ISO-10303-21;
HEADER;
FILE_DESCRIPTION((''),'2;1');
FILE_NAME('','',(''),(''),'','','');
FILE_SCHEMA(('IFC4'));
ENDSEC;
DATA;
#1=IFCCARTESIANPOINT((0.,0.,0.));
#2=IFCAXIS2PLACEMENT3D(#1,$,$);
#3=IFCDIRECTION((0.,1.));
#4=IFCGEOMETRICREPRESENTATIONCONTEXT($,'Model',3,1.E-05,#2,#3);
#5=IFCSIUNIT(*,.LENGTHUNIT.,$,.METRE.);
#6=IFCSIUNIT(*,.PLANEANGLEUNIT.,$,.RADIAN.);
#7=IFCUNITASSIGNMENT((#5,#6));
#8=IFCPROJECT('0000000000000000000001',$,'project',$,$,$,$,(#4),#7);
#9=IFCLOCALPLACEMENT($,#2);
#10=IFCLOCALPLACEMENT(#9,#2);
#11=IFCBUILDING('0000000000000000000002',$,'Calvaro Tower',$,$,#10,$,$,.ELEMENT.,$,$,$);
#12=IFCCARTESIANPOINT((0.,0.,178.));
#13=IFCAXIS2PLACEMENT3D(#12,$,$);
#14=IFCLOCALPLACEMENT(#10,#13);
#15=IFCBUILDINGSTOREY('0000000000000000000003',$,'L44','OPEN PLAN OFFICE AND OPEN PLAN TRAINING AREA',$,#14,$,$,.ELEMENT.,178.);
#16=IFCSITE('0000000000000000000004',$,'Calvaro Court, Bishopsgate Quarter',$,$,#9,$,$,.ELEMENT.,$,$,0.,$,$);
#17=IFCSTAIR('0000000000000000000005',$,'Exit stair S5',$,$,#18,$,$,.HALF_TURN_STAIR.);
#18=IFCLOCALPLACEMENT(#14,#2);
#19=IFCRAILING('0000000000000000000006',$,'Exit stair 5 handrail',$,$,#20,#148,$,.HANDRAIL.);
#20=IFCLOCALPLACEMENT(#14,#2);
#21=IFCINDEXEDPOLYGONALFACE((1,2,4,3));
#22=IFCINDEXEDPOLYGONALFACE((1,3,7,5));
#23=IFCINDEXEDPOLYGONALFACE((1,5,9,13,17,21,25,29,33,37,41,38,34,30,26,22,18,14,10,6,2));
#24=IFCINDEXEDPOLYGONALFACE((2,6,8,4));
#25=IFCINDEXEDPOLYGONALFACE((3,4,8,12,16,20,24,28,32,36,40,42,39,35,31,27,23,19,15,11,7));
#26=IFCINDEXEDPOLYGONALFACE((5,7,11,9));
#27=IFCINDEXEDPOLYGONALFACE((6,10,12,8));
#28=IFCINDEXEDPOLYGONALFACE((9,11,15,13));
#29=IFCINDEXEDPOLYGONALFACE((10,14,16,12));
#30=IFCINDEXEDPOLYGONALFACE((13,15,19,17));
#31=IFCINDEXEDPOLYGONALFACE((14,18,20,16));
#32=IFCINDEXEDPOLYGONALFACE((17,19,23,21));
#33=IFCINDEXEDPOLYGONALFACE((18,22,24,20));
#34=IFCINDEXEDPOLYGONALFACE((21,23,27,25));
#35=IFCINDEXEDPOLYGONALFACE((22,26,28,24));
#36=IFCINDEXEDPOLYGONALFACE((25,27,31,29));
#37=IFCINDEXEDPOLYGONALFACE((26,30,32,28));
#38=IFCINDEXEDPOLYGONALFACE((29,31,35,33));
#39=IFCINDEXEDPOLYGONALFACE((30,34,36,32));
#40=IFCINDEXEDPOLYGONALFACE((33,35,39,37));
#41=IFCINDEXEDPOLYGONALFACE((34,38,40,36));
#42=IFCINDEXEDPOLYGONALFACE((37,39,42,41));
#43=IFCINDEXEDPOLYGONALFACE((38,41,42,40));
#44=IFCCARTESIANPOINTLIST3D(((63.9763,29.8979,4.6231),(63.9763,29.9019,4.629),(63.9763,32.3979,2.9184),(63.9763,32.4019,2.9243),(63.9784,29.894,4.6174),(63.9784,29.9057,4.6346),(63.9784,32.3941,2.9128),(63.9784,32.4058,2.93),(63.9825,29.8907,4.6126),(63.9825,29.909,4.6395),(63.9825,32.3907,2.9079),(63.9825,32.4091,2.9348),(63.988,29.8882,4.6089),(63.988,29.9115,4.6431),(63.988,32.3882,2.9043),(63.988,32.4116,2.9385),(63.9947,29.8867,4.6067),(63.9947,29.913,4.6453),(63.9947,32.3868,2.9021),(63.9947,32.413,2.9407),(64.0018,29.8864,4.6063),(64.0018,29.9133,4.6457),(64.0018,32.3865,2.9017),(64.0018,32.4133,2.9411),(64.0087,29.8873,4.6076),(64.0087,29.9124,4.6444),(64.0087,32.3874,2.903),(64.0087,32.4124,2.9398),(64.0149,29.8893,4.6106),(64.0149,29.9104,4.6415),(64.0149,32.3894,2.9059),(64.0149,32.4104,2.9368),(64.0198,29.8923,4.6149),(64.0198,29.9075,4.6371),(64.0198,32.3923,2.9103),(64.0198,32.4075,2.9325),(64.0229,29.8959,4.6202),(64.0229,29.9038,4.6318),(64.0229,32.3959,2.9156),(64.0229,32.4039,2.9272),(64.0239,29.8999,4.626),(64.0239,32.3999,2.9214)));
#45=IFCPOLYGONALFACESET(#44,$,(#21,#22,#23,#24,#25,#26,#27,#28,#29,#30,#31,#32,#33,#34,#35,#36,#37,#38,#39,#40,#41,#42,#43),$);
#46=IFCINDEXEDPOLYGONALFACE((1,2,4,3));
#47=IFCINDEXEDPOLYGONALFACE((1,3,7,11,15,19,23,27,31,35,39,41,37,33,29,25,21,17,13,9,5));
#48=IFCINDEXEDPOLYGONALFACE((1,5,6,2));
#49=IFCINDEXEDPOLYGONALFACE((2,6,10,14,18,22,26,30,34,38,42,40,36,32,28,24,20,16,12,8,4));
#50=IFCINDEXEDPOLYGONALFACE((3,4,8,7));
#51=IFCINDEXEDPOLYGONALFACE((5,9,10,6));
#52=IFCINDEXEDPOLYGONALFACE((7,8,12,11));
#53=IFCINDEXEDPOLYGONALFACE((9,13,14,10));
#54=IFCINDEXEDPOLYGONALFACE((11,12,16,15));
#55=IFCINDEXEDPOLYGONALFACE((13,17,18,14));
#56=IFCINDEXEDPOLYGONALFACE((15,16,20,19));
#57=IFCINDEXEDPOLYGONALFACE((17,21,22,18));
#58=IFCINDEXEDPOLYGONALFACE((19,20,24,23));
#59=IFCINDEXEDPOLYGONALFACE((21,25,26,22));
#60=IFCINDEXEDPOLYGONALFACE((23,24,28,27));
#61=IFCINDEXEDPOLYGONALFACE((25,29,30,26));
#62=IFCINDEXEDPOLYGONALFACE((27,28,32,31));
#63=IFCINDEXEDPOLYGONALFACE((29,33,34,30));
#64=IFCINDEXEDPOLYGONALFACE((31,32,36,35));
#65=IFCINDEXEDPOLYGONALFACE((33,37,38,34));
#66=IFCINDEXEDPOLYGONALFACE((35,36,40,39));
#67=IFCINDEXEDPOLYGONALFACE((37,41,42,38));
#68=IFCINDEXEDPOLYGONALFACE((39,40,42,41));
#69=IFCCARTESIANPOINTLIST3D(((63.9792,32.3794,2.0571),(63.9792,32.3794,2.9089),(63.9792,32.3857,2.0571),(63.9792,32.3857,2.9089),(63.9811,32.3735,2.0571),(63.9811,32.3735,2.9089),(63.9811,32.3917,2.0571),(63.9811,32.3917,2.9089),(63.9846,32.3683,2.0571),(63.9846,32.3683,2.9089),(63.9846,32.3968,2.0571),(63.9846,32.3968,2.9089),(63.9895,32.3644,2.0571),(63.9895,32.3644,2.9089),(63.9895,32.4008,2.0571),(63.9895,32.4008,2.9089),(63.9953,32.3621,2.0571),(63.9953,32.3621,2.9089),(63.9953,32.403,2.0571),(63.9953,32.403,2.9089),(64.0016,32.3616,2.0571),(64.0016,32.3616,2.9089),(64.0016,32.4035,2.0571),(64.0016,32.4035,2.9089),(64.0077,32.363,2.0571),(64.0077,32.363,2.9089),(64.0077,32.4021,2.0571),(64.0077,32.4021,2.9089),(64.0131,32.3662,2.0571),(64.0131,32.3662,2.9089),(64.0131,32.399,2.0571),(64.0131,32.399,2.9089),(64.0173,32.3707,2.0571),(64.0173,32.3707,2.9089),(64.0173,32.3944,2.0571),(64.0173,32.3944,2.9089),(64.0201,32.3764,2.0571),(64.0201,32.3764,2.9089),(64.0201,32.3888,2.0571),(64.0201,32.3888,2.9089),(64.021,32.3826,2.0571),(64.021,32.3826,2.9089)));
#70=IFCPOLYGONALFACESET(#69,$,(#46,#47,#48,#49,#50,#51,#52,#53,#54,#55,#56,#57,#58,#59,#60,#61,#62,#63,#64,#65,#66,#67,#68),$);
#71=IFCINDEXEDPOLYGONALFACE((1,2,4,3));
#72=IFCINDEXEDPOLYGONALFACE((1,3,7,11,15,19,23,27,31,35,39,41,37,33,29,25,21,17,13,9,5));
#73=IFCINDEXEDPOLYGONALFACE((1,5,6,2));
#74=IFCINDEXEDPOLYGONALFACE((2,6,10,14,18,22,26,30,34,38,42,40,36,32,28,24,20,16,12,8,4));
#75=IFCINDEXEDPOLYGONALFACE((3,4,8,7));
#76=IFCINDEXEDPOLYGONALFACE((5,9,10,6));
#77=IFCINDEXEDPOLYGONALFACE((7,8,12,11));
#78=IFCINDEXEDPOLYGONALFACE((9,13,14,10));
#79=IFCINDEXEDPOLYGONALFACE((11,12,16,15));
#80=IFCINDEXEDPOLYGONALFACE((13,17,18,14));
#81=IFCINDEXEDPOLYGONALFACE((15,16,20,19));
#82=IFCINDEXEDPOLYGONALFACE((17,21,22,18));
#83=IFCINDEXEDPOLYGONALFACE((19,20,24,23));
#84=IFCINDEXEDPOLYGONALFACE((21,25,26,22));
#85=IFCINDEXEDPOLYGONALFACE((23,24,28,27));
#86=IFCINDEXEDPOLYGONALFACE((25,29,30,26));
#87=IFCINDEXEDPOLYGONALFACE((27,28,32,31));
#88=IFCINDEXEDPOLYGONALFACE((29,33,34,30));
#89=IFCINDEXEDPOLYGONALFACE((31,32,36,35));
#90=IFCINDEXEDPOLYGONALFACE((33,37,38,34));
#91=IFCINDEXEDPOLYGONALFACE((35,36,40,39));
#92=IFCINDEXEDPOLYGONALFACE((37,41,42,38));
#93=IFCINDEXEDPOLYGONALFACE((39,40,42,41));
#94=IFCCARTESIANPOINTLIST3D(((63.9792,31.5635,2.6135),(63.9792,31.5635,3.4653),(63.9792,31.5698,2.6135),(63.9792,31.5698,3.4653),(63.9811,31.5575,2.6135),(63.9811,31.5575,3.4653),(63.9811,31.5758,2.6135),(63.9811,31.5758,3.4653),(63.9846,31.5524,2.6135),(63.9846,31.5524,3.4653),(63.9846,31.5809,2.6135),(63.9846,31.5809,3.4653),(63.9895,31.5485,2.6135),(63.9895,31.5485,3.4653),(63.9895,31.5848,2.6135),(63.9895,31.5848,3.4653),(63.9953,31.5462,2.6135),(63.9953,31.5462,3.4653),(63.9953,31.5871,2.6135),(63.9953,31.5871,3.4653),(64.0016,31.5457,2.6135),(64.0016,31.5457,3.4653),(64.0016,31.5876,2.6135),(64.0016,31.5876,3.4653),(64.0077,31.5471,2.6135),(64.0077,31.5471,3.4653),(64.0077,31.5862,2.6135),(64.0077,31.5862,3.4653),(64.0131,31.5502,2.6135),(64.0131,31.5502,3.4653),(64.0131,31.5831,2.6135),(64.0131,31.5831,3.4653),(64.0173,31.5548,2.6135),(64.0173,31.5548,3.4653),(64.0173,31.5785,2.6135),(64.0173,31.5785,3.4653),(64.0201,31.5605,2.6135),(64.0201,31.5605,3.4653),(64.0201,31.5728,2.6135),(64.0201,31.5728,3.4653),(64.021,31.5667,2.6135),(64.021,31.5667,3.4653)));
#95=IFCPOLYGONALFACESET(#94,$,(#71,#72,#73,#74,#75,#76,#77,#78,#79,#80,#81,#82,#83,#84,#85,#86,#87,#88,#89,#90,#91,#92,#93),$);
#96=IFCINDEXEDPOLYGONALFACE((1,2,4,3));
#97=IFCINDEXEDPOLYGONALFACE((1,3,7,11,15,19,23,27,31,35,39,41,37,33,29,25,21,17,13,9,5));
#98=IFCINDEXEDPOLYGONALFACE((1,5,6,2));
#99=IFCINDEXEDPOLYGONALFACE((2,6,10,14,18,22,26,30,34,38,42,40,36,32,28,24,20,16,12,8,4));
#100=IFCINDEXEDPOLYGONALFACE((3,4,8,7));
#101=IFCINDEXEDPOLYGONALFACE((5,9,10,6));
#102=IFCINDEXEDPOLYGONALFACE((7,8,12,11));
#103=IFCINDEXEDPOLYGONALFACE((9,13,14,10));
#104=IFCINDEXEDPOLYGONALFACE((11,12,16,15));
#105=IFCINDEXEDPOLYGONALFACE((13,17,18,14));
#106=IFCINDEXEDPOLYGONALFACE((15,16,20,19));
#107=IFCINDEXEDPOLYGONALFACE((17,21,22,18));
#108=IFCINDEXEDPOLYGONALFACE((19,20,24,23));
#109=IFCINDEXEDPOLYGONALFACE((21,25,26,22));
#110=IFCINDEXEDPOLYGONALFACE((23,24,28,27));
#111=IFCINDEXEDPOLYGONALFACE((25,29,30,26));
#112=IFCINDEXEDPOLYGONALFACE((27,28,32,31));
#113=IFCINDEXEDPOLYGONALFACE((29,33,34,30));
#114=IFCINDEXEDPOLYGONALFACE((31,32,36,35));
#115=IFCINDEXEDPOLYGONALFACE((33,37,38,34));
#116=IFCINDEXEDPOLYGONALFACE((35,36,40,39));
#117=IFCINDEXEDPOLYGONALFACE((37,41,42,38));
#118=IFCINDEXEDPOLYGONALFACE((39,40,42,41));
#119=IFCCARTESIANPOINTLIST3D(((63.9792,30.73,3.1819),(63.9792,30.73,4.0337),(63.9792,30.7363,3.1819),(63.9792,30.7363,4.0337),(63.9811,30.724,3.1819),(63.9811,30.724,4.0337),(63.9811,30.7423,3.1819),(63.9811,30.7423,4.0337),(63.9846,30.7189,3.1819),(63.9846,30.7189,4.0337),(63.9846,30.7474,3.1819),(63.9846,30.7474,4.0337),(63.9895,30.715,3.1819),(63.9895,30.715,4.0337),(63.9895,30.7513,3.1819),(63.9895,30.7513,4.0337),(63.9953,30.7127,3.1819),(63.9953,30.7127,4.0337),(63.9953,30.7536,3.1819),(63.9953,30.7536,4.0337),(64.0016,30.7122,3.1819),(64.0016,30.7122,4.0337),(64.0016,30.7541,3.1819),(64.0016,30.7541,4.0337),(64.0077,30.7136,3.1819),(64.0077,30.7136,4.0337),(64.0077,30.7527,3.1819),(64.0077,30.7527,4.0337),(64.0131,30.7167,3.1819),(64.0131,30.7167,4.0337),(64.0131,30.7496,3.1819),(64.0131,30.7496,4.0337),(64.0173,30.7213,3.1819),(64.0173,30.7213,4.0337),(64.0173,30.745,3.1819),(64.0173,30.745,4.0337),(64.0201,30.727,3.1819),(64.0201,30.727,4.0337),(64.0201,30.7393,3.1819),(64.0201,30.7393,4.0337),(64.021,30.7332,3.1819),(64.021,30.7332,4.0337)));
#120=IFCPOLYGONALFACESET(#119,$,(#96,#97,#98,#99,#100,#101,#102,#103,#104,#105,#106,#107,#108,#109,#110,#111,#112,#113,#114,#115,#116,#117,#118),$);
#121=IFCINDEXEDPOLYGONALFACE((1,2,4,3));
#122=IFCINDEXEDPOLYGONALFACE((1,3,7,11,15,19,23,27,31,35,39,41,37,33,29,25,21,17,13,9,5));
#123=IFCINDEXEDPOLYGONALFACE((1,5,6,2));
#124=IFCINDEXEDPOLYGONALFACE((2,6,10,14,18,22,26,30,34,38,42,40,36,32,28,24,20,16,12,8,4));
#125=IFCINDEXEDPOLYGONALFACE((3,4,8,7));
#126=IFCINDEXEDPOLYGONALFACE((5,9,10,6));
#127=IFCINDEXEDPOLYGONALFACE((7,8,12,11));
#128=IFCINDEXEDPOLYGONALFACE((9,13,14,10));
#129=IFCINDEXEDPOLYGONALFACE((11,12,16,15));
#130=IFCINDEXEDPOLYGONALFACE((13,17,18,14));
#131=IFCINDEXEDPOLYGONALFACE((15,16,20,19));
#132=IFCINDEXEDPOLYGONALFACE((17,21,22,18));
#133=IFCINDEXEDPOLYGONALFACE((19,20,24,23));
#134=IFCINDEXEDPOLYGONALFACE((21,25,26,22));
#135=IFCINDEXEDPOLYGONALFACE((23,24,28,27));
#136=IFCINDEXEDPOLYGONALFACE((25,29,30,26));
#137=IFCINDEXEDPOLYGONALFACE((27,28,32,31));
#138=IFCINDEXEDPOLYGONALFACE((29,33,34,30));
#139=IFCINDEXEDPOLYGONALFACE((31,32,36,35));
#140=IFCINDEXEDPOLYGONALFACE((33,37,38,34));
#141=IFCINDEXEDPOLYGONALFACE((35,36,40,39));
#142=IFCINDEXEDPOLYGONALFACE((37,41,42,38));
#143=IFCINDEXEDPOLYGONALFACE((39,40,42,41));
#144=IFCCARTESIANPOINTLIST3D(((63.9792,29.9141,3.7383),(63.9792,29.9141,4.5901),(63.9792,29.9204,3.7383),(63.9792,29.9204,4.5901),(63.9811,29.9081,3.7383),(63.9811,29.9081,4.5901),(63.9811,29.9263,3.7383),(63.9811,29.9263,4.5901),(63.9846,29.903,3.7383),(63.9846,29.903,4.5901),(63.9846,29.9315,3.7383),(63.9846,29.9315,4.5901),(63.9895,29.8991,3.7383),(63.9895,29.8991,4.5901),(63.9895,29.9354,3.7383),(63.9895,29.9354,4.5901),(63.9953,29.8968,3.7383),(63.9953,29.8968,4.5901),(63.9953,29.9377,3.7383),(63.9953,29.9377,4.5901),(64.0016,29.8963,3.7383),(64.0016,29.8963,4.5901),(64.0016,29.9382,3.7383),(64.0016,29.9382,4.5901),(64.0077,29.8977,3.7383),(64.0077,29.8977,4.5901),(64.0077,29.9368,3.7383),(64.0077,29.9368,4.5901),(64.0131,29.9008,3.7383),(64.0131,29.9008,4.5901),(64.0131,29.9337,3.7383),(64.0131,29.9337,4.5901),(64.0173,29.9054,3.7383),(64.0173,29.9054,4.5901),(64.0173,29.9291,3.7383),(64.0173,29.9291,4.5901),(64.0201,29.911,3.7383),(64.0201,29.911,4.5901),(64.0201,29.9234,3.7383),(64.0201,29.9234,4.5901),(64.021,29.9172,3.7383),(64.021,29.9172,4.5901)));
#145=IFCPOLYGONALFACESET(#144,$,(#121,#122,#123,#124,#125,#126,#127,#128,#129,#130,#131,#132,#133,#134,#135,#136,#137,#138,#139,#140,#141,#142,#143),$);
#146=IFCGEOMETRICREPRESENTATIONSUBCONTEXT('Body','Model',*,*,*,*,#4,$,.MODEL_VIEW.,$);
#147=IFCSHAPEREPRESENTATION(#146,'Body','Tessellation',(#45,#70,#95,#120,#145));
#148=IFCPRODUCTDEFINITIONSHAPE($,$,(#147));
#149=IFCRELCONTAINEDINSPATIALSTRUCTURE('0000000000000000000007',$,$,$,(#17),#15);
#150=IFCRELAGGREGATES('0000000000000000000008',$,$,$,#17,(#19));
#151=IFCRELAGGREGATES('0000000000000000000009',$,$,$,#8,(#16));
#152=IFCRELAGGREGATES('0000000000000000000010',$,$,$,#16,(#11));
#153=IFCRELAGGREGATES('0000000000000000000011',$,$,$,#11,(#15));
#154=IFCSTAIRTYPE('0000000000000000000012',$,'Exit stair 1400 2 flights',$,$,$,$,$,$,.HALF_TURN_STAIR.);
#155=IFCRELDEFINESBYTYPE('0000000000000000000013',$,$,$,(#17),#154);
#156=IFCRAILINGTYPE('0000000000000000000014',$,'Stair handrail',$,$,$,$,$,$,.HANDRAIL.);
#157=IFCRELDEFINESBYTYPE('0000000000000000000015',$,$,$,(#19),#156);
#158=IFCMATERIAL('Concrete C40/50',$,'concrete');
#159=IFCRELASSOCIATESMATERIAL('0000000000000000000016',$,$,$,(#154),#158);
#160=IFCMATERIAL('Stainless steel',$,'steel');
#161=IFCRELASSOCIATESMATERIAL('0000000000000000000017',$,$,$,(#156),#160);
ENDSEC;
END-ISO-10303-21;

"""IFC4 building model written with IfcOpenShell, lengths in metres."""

from ifc_helpers import new_model, si_unit, direction, frame, origin, origin_2d, place, context, subcontext, project, spatial, circle, extrude, material, type_object, element, aggregate, save


model = new_model("IFC4")

# Units and contexts
model_context = context("Model", 3, precision=1e-05, world=origin(), true_north=direction((0.0, 1.0)))
body_context = subcontext(model_context, "Body", "Model", "MODEL_VIEW")
ifc_project = project(units=[si_unit("LENGTHUNIT", "METRE"), si_unit("PLANEANGLEUNIT", "RADIAN")], contexts=[model_context])

# Site, building, storey
site_placement = place(None, origin())
site = spatial("IfcSite", under=ifc_project, at=site_placement, Name="Calvaro Court, Bishopsgate Quarter", CompositionType="ELEMENT", RefElevation=0.0)
building_placement = place(site_placement, origin())
building = spatial("IfcBuilding", under=site, at=building_placement, Name="Calvaro Tower", CompositionType="ELEMENT")
storey_placement = place(building_placement, frame((0.0, 0.0, 178.0)))
storey = spatial("IfcBuildingStorey", under=building, at=storey_placement, Name="L44", Description="OPEN PLAN OFFICE AND OPEN PLAN TRAINING AREA", CompositionType="ELEMENT", Elevation=178.0)

# Stair, railing
ifc_material_1 = material(Name="Concrete C40/50", Category="concrete")
stair_type = type_object("IfcStairType", Name="Exit stair 1400 2 flights", PredefinedType="HALF_TURN_STAIR", material=ifc_material_1)
stair_placement = place(storey_placement, origin())
stair = element("IfcStair", 1, at=stair_placement, inside=storey, type_object=stair_type, Name="Exit stair S5", PredefinedType="HALF_TURN_STAIR")
ifc_material_2 = material(Name="Stainless steel", Category="steel")
railing_type = type_object("IfcRailingType", Name="Stair handrail", PredefinedType="HANDRAIL", material=ifc_material_2)
railing_placement = place(storey_placement, frame((64.0, 32.3999, 2.0454)))
railing = element("IfcRailing", 2, at=railing_placement, type_object=railing_type, Name="Exit stair 5 handrail", PredefinedType="HANDRAIL", context=body_context, shape_type="SweptSolid", body=[
    extrude(circle(Radius=0.0239, at=origin_2d()), frame((0.0, 0.0, 0.876), z_axis=(0.0, -0.826221, 0.563347), x_axis=(1.0, 0.0, 0.0)), (0.0, 0.0, 1.0), 3.0259),
    extrude(circle(Radius=0.021, at=origin_2d()), frame((0.0, -0.0173, 0.0117)), (0.0, 0.0, 1.0), 0.8518),
    extrude(circle(Radius=0.021, at=origin_2d()), frame((0.0, -0.8333, 0.5681)), (0.0, 0.0, 1.0), 0.8518),
    extrude(circle(Radius=0.021, at=origin_2d()), frame((0.0, -1.6667, 1.1365)), (0.0, 0.0, 1.0), 0.8518),
    extrude(circle(Radius=0.021, at=origin_2d()), frame((0.0, -2.4827, 1.6929)), (0.0, 0.0, 1.0), 0.8518),
])
aggregate(stair, [railing])

save(model, "model.ifc")
